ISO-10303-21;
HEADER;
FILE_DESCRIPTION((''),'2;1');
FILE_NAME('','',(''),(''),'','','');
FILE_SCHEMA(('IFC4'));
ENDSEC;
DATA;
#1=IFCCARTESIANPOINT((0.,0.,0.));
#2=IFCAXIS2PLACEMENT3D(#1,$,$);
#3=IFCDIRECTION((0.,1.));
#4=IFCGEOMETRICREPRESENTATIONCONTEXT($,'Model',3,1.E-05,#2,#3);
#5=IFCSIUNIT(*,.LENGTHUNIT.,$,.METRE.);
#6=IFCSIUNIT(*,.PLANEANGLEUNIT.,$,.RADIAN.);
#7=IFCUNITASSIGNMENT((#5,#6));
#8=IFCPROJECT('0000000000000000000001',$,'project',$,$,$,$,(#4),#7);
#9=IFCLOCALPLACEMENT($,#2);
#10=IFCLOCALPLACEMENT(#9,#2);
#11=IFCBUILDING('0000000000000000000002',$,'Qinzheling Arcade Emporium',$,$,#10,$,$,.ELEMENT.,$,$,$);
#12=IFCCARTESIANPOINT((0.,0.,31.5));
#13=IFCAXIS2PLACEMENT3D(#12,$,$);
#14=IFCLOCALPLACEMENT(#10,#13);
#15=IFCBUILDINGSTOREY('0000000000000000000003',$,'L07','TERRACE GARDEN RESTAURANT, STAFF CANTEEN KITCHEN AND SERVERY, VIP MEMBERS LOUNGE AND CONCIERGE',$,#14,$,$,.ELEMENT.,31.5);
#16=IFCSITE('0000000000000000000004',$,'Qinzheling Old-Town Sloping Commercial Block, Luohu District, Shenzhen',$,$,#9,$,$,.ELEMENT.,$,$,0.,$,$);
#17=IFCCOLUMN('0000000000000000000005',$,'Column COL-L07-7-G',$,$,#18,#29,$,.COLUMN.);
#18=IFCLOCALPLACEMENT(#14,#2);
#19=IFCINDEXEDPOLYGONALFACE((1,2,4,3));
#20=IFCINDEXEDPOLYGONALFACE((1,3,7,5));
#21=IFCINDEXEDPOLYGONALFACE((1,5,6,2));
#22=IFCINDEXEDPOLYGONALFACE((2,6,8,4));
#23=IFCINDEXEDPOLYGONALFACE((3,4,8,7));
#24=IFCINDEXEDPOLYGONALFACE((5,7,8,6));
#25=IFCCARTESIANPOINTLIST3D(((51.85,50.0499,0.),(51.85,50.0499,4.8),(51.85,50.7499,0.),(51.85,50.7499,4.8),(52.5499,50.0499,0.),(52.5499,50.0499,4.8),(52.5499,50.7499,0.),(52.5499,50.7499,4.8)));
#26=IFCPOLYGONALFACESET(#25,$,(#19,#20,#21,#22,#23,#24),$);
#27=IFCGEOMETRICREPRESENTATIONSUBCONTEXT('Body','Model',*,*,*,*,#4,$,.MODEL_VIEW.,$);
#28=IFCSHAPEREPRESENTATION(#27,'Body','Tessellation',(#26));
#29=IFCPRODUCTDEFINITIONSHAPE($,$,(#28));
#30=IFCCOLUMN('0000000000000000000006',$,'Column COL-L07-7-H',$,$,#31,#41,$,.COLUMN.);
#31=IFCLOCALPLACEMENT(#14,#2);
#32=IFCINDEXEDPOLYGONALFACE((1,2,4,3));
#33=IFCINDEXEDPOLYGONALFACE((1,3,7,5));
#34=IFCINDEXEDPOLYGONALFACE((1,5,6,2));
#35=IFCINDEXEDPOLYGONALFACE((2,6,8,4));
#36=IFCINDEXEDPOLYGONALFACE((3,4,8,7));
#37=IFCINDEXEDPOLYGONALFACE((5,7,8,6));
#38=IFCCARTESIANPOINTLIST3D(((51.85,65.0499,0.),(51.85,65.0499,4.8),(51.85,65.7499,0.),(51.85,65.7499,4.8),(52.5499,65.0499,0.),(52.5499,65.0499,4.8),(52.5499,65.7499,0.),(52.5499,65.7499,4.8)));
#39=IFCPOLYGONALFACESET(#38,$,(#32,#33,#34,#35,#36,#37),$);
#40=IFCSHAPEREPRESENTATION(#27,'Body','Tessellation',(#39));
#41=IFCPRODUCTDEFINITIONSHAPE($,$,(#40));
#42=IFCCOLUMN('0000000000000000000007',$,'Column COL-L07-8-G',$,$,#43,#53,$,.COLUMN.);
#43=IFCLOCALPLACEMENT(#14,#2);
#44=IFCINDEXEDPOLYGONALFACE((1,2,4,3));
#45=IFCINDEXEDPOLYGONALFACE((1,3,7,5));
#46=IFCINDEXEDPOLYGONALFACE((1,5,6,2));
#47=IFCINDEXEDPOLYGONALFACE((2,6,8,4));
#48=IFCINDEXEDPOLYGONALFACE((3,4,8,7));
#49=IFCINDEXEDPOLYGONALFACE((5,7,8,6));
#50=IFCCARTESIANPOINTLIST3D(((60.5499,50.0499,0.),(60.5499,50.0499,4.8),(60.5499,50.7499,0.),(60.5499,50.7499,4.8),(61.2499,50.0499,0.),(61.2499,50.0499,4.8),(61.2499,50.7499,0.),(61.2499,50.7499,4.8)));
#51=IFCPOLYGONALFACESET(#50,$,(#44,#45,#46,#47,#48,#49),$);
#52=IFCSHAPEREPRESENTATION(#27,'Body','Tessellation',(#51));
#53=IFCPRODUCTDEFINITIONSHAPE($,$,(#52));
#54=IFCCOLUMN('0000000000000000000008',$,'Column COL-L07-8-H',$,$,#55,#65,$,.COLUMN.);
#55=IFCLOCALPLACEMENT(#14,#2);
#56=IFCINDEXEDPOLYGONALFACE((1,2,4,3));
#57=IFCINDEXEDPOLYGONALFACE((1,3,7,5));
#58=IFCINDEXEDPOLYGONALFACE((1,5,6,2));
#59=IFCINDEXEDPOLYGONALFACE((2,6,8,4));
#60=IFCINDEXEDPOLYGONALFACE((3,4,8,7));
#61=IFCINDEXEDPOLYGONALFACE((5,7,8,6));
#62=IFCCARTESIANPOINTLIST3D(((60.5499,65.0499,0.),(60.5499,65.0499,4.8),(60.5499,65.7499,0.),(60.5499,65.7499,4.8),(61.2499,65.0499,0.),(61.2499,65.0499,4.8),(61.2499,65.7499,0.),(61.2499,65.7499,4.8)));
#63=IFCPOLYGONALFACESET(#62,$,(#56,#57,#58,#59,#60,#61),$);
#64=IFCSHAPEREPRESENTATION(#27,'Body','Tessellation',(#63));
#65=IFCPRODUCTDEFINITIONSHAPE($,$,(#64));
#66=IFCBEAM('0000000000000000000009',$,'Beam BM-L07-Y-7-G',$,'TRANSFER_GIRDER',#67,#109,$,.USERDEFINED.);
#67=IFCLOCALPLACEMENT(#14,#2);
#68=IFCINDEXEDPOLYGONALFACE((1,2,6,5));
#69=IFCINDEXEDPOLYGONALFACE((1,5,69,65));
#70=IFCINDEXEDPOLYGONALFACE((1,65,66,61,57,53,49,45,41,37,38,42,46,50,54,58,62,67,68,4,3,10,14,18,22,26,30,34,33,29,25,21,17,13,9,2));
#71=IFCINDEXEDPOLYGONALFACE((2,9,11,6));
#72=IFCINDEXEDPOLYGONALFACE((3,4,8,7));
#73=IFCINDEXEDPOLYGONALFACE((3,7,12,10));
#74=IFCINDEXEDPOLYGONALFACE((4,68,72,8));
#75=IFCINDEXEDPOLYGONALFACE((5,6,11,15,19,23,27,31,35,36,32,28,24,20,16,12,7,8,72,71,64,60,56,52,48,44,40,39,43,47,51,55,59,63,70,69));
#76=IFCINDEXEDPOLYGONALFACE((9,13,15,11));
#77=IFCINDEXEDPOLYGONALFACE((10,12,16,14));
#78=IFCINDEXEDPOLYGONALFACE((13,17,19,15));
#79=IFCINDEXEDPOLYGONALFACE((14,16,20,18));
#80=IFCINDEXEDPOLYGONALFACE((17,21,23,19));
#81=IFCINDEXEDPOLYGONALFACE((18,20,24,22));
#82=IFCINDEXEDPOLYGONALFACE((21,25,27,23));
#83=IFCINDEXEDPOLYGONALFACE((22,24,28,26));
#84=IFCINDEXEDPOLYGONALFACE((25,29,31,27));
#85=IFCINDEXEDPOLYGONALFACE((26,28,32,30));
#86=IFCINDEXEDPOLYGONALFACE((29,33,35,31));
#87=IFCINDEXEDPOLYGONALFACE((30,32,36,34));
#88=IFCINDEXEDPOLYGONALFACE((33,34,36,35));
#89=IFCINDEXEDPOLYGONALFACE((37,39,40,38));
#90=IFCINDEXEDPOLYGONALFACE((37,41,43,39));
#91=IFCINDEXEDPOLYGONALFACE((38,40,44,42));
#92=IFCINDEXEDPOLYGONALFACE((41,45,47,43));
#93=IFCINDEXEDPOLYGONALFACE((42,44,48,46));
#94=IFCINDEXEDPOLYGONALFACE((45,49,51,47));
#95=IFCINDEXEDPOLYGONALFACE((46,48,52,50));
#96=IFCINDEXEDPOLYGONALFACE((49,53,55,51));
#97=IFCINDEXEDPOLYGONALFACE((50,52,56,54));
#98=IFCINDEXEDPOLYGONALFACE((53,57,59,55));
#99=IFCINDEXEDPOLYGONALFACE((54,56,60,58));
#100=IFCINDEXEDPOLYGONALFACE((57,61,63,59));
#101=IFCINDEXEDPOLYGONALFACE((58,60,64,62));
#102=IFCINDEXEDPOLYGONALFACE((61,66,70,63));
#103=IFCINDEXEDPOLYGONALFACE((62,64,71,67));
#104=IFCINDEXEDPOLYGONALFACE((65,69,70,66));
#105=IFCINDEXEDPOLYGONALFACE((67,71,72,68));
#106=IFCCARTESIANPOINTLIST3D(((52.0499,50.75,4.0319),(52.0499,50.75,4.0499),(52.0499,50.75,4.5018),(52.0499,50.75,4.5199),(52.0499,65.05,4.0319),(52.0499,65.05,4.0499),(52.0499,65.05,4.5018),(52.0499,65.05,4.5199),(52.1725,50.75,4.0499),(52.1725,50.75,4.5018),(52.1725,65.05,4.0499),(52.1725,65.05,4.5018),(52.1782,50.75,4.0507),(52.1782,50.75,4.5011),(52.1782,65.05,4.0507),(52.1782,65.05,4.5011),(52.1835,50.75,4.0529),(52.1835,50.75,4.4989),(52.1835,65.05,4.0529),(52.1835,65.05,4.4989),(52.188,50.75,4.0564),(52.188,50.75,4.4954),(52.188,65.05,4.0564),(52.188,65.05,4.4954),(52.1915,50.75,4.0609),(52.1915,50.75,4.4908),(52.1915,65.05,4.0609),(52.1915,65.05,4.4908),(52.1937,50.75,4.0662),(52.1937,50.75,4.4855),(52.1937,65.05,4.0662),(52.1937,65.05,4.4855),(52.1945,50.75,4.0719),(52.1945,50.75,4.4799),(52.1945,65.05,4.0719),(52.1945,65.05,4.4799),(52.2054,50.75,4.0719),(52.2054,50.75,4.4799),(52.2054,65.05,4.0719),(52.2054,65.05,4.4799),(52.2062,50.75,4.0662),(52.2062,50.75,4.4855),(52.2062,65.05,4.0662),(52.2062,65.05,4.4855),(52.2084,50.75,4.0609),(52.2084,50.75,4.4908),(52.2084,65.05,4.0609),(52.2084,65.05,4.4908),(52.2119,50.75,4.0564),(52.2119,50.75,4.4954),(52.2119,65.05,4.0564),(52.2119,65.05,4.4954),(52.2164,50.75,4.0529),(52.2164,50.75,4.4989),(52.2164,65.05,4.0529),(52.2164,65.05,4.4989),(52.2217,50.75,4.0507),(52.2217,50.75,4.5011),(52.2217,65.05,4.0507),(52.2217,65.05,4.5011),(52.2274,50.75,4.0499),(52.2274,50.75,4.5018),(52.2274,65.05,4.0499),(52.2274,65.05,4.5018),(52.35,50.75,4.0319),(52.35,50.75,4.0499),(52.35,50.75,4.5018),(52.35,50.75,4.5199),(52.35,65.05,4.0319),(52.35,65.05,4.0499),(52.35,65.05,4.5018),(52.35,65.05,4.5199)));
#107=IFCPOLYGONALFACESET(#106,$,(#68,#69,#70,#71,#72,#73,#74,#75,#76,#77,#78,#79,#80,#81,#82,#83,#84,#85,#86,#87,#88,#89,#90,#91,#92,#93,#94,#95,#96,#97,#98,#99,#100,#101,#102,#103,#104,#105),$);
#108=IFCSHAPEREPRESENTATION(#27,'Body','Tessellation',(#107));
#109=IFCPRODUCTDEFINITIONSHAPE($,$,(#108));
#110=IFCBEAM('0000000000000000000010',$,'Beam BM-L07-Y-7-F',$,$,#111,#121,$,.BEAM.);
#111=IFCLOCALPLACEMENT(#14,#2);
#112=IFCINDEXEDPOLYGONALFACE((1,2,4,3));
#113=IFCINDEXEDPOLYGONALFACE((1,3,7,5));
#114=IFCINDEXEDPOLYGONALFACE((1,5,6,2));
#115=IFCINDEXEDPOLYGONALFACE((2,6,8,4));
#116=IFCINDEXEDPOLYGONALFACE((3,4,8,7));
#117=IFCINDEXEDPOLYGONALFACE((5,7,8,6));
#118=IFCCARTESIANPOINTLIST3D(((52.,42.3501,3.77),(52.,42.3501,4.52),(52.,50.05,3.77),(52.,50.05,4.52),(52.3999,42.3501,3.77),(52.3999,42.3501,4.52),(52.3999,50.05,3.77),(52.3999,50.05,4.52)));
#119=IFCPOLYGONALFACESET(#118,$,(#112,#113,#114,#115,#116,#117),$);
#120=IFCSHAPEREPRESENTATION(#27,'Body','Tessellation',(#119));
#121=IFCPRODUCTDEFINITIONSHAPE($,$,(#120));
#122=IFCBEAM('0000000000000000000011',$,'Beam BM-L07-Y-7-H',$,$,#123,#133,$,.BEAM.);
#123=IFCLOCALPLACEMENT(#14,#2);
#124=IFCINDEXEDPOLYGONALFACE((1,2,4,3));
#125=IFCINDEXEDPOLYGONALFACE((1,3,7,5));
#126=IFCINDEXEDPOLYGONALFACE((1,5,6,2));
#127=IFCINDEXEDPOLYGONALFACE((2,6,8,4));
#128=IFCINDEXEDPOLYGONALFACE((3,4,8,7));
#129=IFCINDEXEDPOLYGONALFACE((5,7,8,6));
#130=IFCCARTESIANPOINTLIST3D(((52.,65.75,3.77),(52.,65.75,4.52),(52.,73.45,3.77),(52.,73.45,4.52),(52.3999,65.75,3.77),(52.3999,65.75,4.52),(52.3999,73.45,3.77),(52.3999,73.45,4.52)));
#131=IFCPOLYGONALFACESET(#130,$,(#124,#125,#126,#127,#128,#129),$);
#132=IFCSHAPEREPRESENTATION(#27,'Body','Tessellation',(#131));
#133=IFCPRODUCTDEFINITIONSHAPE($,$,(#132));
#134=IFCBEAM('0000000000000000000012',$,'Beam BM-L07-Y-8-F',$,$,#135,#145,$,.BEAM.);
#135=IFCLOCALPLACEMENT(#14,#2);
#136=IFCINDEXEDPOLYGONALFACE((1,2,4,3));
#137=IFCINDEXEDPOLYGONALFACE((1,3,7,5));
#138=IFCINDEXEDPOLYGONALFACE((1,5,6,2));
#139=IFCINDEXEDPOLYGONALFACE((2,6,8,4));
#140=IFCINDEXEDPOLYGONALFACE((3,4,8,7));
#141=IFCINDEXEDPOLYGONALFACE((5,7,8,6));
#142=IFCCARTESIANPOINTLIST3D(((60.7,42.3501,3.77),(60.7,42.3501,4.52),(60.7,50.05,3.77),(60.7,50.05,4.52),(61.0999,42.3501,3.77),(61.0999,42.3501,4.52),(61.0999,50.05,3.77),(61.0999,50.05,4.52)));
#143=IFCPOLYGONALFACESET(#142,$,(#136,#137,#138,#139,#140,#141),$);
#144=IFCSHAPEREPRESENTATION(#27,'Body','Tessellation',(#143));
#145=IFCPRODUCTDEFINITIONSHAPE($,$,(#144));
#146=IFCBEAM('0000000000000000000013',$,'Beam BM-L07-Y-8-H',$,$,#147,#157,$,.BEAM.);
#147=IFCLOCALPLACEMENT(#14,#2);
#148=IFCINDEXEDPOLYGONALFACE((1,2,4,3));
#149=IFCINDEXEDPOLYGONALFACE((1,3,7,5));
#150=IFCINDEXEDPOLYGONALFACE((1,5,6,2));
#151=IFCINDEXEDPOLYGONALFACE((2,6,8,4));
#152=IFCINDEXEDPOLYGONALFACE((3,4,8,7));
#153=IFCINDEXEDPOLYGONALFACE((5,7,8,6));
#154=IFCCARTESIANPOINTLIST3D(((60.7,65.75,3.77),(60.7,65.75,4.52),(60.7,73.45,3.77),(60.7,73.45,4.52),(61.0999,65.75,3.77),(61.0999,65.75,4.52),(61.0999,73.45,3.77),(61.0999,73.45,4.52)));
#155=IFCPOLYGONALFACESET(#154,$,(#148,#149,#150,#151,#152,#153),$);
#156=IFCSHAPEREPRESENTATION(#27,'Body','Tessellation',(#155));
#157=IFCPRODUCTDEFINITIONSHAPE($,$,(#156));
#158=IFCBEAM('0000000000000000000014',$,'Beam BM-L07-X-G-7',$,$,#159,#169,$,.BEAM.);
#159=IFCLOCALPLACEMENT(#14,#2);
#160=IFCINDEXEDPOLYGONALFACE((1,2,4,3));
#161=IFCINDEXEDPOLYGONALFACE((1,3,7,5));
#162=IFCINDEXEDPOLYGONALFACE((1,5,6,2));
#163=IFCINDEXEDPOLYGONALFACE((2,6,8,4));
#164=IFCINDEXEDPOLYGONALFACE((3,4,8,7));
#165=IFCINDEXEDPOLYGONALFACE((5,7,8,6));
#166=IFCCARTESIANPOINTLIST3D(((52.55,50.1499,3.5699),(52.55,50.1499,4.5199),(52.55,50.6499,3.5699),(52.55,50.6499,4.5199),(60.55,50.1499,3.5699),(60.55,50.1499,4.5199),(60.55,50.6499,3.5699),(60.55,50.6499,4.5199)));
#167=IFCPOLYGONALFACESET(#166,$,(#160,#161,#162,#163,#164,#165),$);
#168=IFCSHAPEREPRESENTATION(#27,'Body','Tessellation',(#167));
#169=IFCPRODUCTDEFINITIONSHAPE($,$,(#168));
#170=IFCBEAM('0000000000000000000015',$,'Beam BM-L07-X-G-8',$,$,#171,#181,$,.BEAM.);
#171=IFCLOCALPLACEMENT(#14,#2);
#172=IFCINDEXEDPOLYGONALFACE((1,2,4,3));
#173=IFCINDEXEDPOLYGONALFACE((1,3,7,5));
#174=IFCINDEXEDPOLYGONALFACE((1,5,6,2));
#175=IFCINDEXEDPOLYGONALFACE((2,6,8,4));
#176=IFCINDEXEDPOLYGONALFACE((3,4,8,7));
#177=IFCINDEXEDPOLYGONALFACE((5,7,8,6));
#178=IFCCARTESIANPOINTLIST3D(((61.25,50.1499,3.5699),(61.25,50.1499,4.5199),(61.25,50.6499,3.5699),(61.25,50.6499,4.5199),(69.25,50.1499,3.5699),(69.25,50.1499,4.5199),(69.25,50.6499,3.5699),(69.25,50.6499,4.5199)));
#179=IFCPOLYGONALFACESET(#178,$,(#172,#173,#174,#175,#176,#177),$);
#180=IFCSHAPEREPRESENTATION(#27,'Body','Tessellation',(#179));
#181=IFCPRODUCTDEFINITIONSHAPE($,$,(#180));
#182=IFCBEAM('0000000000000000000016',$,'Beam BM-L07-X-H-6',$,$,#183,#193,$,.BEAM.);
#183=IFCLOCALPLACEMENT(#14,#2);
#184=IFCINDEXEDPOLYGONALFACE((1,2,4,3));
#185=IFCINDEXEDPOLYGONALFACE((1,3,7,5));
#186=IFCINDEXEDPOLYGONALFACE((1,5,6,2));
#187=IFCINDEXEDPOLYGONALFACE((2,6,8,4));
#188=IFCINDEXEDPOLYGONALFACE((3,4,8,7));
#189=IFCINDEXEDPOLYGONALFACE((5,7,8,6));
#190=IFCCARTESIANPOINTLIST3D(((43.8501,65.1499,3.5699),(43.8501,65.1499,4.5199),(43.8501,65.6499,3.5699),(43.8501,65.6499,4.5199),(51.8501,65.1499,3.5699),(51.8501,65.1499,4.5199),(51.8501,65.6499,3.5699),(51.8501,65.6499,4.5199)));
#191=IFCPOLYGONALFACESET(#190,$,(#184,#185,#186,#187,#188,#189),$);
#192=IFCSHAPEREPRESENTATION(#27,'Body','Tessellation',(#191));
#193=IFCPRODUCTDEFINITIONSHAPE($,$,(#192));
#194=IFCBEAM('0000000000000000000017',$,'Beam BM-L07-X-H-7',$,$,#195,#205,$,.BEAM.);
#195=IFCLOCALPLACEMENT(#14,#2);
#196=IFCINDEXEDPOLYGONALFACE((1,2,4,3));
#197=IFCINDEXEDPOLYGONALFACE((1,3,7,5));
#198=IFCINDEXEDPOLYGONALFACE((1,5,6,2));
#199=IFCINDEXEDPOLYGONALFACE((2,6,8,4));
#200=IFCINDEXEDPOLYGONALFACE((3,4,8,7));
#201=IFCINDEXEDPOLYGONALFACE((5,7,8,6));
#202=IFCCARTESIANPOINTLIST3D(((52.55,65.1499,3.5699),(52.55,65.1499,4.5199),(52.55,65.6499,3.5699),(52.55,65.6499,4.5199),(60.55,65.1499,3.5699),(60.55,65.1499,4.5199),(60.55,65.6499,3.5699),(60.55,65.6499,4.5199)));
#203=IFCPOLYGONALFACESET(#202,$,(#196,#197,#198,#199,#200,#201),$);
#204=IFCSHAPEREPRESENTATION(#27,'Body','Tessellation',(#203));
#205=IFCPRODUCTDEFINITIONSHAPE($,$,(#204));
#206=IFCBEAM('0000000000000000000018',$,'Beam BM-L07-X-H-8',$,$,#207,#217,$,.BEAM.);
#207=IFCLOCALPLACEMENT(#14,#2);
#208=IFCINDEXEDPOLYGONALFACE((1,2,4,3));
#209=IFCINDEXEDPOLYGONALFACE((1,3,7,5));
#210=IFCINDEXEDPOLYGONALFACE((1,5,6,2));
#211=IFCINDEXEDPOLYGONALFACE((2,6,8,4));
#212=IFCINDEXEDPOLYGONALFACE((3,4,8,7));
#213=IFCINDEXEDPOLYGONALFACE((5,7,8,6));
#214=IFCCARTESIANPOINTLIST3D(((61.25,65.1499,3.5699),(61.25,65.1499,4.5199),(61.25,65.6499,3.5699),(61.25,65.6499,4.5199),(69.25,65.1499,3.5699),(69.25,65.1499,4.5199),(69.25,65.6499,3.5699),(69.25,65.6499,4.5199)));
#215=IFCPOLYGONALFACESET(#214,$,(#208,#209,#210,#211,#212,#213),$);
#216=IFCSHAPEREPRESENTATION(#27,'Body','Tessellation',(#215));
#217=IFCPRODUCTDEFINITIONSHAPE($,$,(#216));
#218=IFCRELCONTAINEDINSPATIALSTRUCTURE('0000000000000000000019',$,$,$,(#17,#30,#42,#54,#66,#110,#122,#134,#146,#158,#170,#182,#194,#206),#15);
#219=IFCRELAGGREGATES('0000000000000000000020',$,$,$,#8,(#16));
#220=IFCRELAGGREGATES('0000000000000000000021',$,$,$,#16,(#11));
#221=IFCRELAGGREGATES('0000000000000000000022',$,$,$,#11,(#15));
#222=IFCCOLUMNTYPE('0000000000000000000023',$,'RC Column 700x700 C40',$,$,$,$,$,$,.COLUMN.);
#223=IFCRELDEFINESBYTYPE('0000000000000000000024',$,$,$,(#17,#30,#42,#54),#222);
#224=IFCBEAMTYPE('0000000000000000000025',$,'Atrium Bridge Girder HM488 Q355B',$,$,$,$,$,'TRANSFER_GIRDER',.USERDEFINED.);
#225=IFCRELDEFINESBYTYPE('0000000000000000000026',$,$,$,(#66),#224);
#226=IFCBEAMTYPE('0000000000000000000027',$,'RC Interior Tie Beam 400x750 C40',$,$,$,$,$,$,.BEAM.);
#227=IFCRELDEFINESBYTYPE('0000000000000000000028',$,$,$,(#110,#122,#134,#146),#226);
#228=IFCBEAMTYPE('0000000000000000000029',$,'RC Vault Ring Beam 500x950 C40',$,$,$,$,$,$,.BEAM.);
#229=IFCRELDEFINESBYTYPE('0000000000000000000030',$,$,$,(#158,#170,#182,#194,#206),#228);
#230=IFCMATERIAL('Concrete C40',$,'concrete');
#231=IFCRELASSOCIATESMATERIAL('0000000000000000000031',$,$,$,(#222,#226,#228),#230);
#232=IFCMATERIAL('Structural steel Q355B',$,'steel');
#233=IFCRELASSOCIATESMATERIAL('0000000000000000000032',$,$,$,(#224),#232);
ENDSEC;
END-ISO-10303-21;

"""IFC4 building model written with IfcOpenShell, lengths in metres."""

from ifc_helpers import new_model, si_unit, direction, frame, origin, origin_2d, place, context, subcontext, project, spatial, rectangle, i_section, extrude, material, material_profile, profile_set, type_object, element, save


model = new_model("IFC4")

# Units and contexts
model_context = context("Model", 3, precision=1e-05, world=origin(), true_north=direction((0.0, 1.0)))
body_context = subcontext(model_context, "Body", "Model", "MODEL_VIEW")
ifc_project = project(units=[si_unit("LENGTHUNIT", "METRE"), si_unit("PLANEANGLEUNIT", "RADIAN")], contexts=[model_context])

# Site, building, storey
site_placement = place(None, origin())
site = spatial("IfcSite", under=ifc_project, at=site_placement, Name="Qinzheling Old-Town Sloping Commercial Block, Luohu District, Shenzhen", CompositionType="ELEMENT", RefElevation=0.0)
building_placement = place(site_placement, origin())
building = spatial("IfcBuilding", under=site, at=building_placement, Name="Qinzheling Arcade Emporium", CompositionType="ELEMENT")
storey_placement = place(building_placement, frame((0.0, 0.0, 31.5)))
storey = spatial("IfcBuildingStorey", under=building, at=storey_placement, Name="L07", Description="TERRACE GARDEN RESTAURANT, STAFF CANTEEN KITCHEN AND SERVERY, VIP MEMBERS LOUNGE AND CONCIERGE", CompositionType="ELEMENT", Elevation=31.5)

# Columns
ifc_material_1 = material(Name="Concrete C40", Category="concrete")
ifc_material_profile_1 = material_profile(ifc_material_1, rectangle(XDim=0.7, YDim=0.7, at=origin_2d()), Name="RC 700x700", Category="concrete")
ifc_profile_set_1 = profile_set([ifc_material_profile_1], Name="Concrete C40")
column_type = type_object("IfcColumnType", Name="RC Column 700x700 C40", PredefinedType="COLUMN", material=ifc_profile_set_1)
for number, where, z_axis, x_axis, name in (
    (1, (52.2, 50.3999, 0.0), (0.0, 0.0, 1.0), (1.0, 0.0, 0.0), "Column COL-L07-7-G"),
    (2, (52.2, 65.3999, 0.0), (0.0, 0.0, 1.0), (1.0, 0.0, 0.0), "Column COL-L07-7-H"),
    (3, (60.8999, 50.3999, 0.0), (0.0, 0.0, 1.0), (1.0, 0.0, 0.0), "Column COL-L07-8-G"),
    (4, (60.8999, 65.3999, 0.0), (0.0, 0.0, 1.0), (1.0, 0.0, 0.0), "Column COL-L07-8-H"),
):
    element("IfcColumn", number, at=place(storey_placement, frame(where, z_axis=z_axis, x_axis=x_axis)), inside=storey, type_object=column_type, Name=name, PredefinedType="COLUMN", context=body_context, shape_type="SweptSolid", body=[
        extrude(rectangle(XDim=0.7, YDim=0.7, at=origin_2d()), origin(), (0.0, 0.0, 1.0), 4.8),
    ])

# Beams
ifc_material_2 = material(Name="Structural steel Q355B", Category="steel")
ifc_material_profile_2 = material_profile(ifc_material_2, i_section(OverallWidth=0.3, OverallDepth=0.488, WebThickness=0.011, FlangeThickness=0.0181, FilletRadius=0.022, at=origin_2d()), Name="HM 488x300x11x18", Category="steel")
ifc_profile_set_2 = profile_set([ifc_material_profile_2], Name="Structural steel Q355B")
beam_type_1 = type_object("IfcBeamType", Name="Atrium Bridge Girder HM488 Q355B", ElementType="TRANSFER_GIRDER", PredefinedType="USERDEFINED", material=ifc_profile_set_2)
beam_placement = place(storey_placement, frame((52.2, 50.75, 4.2759), z_axis=(0.0, 1.0, 0.0), x_axis=(-1.0, 0.0, 0.0)))
element("IfcBeam", 5, at=beam_placement, inside=storey, type_object=beam_type_1, Name="Beam BM-L07-Y-7-G", ObjectType="TRANSFER_GIRDER", PredefinedType="USERDEFINED", context=body_context, shape_type="SweptSolid", body=[
    extrude(i_section(OverallWidth=0.3, OverallDepth=0.488, WebThickness=0.011, FlangeThickness=0.0181, FilletRadius=0.022, at=origin_2d()), origin(), (0.0, 0.0, 1.0), 14.3),
])
ifc_material_profile_3 = material_profile(ifc_material_1, rectangle(XDim=0.3999, YDim=0.75, at=origin_2d()), Name="RC 400x750", Category="concrete")
ifc_profile_set_3 = profile_set([ifc_material_profile_3], Name="Concrete C40")
beam_type_2 = type_object("IfcBeamType", Name="RC Interior Tie Beam 400x750 C40", PredefinedType="BEAM", material=ifc_profile_set_3)
for number, where, z_axis, x_axis, name in (
    (6, (52.2, 42.3501, 4.145), (0.0, 1.0, 0.0), (-1.0, 0.0, 0.0), "Beam BM-L07-Y-7-F"),
    (7, (52.2, 65.75, 4.145), (0.0, 1.0, 0.0), (-1.0, 0.0, 0.0), "Beam BM-L07-Y-7-H"),
    (8, (60.8999, 42.3501, 4.145), (0.0, 1.0, 0.0), (-1.0, 0.0, 0.0), "Beam BM-L07-Y-8-F"),
    (9, (60.8999, 65.75, 4.145), (0.0, 1.0, 0.0), (-1.0, 0.0, 0.0), "Beam BM-L07-Y-8-H"),
):
    element("IfcBeam", number, at=place(storey_placement, frame(where, z_axis=z_axis, x_axis=x_axis)), inside=storey, type_object=beam_type_2, Name=name, PredefinedType="BEAM", context=body_context, shape_type="SweptSolid", body=[
        extrude(rectangle(XDim=0.3999, YDim=0.75, at=origin_2d()), origin(), (0.0, 0.0, 1.0), 7.7),
    ])
ifc_material_profile_4 = material_profile(ifc_material_1, rectangle(XDim=0.5, YDim=0.95, at=origin_2d()), Name="RC 500x950", Category="concrete")
ifc_profile_set_4 = profile_set([ifc_material_profile_4], Name="Concrete C40")
beam_type_3 = type_object("IfcBeamType", Name="RC Vault Ring Beam 500x950 C40", PredefinedType="BEAM", material=ifc_profile_set_4)
for number, where, z_axis, x_axis, name in (
    (10, (52.55, 50.3999, 4.0449), (1.0, 0.0, 0.0), (0.0, 1.0, 0.0), "Beam BM-L07-X-G-7"),
    (11, (61.25, 50.3999, 4.0449), (1.0, 0.0, 0.0), (0.0, 1.0, 0.0), "Beam BM-L07-X-G-8"),
    (12, (43.8501, 65.3999, 4.0449), (1.0, 0.0, 0.0), (0.0, 1.0, 0.0), "Beam BM-L07-X-H-6"),
    (13, (52.55, 65.3999, 4.0449), (1.0, 0.0, 0.0), (0.0, 1.0, 0.0), "Beam BM-L07-X-H-7"),
    (14, (61.25, 65.3999, 4.0449), (1.0, 0.0, 0.0), (0.0, 1.0, 0.0), "Beam BM-L07-X-H-8"),
):
    element("IfcBeam", number, at=place(storey_placement, frame(where, z_axis=z_axis, x_axis=x_axis)), inside=storey, type_object=beam_type_3, Name=name, PredefinedType="BEAM", context=body_context, shape_type="SweptSolid", body=[
        extrude(rectangle(XDim=0.5, YDim=0.95, at=origin_2d()), origin(), (0.0, 0.0, 1.0), 8.0),
    ])

save(model, "model.ifc")
